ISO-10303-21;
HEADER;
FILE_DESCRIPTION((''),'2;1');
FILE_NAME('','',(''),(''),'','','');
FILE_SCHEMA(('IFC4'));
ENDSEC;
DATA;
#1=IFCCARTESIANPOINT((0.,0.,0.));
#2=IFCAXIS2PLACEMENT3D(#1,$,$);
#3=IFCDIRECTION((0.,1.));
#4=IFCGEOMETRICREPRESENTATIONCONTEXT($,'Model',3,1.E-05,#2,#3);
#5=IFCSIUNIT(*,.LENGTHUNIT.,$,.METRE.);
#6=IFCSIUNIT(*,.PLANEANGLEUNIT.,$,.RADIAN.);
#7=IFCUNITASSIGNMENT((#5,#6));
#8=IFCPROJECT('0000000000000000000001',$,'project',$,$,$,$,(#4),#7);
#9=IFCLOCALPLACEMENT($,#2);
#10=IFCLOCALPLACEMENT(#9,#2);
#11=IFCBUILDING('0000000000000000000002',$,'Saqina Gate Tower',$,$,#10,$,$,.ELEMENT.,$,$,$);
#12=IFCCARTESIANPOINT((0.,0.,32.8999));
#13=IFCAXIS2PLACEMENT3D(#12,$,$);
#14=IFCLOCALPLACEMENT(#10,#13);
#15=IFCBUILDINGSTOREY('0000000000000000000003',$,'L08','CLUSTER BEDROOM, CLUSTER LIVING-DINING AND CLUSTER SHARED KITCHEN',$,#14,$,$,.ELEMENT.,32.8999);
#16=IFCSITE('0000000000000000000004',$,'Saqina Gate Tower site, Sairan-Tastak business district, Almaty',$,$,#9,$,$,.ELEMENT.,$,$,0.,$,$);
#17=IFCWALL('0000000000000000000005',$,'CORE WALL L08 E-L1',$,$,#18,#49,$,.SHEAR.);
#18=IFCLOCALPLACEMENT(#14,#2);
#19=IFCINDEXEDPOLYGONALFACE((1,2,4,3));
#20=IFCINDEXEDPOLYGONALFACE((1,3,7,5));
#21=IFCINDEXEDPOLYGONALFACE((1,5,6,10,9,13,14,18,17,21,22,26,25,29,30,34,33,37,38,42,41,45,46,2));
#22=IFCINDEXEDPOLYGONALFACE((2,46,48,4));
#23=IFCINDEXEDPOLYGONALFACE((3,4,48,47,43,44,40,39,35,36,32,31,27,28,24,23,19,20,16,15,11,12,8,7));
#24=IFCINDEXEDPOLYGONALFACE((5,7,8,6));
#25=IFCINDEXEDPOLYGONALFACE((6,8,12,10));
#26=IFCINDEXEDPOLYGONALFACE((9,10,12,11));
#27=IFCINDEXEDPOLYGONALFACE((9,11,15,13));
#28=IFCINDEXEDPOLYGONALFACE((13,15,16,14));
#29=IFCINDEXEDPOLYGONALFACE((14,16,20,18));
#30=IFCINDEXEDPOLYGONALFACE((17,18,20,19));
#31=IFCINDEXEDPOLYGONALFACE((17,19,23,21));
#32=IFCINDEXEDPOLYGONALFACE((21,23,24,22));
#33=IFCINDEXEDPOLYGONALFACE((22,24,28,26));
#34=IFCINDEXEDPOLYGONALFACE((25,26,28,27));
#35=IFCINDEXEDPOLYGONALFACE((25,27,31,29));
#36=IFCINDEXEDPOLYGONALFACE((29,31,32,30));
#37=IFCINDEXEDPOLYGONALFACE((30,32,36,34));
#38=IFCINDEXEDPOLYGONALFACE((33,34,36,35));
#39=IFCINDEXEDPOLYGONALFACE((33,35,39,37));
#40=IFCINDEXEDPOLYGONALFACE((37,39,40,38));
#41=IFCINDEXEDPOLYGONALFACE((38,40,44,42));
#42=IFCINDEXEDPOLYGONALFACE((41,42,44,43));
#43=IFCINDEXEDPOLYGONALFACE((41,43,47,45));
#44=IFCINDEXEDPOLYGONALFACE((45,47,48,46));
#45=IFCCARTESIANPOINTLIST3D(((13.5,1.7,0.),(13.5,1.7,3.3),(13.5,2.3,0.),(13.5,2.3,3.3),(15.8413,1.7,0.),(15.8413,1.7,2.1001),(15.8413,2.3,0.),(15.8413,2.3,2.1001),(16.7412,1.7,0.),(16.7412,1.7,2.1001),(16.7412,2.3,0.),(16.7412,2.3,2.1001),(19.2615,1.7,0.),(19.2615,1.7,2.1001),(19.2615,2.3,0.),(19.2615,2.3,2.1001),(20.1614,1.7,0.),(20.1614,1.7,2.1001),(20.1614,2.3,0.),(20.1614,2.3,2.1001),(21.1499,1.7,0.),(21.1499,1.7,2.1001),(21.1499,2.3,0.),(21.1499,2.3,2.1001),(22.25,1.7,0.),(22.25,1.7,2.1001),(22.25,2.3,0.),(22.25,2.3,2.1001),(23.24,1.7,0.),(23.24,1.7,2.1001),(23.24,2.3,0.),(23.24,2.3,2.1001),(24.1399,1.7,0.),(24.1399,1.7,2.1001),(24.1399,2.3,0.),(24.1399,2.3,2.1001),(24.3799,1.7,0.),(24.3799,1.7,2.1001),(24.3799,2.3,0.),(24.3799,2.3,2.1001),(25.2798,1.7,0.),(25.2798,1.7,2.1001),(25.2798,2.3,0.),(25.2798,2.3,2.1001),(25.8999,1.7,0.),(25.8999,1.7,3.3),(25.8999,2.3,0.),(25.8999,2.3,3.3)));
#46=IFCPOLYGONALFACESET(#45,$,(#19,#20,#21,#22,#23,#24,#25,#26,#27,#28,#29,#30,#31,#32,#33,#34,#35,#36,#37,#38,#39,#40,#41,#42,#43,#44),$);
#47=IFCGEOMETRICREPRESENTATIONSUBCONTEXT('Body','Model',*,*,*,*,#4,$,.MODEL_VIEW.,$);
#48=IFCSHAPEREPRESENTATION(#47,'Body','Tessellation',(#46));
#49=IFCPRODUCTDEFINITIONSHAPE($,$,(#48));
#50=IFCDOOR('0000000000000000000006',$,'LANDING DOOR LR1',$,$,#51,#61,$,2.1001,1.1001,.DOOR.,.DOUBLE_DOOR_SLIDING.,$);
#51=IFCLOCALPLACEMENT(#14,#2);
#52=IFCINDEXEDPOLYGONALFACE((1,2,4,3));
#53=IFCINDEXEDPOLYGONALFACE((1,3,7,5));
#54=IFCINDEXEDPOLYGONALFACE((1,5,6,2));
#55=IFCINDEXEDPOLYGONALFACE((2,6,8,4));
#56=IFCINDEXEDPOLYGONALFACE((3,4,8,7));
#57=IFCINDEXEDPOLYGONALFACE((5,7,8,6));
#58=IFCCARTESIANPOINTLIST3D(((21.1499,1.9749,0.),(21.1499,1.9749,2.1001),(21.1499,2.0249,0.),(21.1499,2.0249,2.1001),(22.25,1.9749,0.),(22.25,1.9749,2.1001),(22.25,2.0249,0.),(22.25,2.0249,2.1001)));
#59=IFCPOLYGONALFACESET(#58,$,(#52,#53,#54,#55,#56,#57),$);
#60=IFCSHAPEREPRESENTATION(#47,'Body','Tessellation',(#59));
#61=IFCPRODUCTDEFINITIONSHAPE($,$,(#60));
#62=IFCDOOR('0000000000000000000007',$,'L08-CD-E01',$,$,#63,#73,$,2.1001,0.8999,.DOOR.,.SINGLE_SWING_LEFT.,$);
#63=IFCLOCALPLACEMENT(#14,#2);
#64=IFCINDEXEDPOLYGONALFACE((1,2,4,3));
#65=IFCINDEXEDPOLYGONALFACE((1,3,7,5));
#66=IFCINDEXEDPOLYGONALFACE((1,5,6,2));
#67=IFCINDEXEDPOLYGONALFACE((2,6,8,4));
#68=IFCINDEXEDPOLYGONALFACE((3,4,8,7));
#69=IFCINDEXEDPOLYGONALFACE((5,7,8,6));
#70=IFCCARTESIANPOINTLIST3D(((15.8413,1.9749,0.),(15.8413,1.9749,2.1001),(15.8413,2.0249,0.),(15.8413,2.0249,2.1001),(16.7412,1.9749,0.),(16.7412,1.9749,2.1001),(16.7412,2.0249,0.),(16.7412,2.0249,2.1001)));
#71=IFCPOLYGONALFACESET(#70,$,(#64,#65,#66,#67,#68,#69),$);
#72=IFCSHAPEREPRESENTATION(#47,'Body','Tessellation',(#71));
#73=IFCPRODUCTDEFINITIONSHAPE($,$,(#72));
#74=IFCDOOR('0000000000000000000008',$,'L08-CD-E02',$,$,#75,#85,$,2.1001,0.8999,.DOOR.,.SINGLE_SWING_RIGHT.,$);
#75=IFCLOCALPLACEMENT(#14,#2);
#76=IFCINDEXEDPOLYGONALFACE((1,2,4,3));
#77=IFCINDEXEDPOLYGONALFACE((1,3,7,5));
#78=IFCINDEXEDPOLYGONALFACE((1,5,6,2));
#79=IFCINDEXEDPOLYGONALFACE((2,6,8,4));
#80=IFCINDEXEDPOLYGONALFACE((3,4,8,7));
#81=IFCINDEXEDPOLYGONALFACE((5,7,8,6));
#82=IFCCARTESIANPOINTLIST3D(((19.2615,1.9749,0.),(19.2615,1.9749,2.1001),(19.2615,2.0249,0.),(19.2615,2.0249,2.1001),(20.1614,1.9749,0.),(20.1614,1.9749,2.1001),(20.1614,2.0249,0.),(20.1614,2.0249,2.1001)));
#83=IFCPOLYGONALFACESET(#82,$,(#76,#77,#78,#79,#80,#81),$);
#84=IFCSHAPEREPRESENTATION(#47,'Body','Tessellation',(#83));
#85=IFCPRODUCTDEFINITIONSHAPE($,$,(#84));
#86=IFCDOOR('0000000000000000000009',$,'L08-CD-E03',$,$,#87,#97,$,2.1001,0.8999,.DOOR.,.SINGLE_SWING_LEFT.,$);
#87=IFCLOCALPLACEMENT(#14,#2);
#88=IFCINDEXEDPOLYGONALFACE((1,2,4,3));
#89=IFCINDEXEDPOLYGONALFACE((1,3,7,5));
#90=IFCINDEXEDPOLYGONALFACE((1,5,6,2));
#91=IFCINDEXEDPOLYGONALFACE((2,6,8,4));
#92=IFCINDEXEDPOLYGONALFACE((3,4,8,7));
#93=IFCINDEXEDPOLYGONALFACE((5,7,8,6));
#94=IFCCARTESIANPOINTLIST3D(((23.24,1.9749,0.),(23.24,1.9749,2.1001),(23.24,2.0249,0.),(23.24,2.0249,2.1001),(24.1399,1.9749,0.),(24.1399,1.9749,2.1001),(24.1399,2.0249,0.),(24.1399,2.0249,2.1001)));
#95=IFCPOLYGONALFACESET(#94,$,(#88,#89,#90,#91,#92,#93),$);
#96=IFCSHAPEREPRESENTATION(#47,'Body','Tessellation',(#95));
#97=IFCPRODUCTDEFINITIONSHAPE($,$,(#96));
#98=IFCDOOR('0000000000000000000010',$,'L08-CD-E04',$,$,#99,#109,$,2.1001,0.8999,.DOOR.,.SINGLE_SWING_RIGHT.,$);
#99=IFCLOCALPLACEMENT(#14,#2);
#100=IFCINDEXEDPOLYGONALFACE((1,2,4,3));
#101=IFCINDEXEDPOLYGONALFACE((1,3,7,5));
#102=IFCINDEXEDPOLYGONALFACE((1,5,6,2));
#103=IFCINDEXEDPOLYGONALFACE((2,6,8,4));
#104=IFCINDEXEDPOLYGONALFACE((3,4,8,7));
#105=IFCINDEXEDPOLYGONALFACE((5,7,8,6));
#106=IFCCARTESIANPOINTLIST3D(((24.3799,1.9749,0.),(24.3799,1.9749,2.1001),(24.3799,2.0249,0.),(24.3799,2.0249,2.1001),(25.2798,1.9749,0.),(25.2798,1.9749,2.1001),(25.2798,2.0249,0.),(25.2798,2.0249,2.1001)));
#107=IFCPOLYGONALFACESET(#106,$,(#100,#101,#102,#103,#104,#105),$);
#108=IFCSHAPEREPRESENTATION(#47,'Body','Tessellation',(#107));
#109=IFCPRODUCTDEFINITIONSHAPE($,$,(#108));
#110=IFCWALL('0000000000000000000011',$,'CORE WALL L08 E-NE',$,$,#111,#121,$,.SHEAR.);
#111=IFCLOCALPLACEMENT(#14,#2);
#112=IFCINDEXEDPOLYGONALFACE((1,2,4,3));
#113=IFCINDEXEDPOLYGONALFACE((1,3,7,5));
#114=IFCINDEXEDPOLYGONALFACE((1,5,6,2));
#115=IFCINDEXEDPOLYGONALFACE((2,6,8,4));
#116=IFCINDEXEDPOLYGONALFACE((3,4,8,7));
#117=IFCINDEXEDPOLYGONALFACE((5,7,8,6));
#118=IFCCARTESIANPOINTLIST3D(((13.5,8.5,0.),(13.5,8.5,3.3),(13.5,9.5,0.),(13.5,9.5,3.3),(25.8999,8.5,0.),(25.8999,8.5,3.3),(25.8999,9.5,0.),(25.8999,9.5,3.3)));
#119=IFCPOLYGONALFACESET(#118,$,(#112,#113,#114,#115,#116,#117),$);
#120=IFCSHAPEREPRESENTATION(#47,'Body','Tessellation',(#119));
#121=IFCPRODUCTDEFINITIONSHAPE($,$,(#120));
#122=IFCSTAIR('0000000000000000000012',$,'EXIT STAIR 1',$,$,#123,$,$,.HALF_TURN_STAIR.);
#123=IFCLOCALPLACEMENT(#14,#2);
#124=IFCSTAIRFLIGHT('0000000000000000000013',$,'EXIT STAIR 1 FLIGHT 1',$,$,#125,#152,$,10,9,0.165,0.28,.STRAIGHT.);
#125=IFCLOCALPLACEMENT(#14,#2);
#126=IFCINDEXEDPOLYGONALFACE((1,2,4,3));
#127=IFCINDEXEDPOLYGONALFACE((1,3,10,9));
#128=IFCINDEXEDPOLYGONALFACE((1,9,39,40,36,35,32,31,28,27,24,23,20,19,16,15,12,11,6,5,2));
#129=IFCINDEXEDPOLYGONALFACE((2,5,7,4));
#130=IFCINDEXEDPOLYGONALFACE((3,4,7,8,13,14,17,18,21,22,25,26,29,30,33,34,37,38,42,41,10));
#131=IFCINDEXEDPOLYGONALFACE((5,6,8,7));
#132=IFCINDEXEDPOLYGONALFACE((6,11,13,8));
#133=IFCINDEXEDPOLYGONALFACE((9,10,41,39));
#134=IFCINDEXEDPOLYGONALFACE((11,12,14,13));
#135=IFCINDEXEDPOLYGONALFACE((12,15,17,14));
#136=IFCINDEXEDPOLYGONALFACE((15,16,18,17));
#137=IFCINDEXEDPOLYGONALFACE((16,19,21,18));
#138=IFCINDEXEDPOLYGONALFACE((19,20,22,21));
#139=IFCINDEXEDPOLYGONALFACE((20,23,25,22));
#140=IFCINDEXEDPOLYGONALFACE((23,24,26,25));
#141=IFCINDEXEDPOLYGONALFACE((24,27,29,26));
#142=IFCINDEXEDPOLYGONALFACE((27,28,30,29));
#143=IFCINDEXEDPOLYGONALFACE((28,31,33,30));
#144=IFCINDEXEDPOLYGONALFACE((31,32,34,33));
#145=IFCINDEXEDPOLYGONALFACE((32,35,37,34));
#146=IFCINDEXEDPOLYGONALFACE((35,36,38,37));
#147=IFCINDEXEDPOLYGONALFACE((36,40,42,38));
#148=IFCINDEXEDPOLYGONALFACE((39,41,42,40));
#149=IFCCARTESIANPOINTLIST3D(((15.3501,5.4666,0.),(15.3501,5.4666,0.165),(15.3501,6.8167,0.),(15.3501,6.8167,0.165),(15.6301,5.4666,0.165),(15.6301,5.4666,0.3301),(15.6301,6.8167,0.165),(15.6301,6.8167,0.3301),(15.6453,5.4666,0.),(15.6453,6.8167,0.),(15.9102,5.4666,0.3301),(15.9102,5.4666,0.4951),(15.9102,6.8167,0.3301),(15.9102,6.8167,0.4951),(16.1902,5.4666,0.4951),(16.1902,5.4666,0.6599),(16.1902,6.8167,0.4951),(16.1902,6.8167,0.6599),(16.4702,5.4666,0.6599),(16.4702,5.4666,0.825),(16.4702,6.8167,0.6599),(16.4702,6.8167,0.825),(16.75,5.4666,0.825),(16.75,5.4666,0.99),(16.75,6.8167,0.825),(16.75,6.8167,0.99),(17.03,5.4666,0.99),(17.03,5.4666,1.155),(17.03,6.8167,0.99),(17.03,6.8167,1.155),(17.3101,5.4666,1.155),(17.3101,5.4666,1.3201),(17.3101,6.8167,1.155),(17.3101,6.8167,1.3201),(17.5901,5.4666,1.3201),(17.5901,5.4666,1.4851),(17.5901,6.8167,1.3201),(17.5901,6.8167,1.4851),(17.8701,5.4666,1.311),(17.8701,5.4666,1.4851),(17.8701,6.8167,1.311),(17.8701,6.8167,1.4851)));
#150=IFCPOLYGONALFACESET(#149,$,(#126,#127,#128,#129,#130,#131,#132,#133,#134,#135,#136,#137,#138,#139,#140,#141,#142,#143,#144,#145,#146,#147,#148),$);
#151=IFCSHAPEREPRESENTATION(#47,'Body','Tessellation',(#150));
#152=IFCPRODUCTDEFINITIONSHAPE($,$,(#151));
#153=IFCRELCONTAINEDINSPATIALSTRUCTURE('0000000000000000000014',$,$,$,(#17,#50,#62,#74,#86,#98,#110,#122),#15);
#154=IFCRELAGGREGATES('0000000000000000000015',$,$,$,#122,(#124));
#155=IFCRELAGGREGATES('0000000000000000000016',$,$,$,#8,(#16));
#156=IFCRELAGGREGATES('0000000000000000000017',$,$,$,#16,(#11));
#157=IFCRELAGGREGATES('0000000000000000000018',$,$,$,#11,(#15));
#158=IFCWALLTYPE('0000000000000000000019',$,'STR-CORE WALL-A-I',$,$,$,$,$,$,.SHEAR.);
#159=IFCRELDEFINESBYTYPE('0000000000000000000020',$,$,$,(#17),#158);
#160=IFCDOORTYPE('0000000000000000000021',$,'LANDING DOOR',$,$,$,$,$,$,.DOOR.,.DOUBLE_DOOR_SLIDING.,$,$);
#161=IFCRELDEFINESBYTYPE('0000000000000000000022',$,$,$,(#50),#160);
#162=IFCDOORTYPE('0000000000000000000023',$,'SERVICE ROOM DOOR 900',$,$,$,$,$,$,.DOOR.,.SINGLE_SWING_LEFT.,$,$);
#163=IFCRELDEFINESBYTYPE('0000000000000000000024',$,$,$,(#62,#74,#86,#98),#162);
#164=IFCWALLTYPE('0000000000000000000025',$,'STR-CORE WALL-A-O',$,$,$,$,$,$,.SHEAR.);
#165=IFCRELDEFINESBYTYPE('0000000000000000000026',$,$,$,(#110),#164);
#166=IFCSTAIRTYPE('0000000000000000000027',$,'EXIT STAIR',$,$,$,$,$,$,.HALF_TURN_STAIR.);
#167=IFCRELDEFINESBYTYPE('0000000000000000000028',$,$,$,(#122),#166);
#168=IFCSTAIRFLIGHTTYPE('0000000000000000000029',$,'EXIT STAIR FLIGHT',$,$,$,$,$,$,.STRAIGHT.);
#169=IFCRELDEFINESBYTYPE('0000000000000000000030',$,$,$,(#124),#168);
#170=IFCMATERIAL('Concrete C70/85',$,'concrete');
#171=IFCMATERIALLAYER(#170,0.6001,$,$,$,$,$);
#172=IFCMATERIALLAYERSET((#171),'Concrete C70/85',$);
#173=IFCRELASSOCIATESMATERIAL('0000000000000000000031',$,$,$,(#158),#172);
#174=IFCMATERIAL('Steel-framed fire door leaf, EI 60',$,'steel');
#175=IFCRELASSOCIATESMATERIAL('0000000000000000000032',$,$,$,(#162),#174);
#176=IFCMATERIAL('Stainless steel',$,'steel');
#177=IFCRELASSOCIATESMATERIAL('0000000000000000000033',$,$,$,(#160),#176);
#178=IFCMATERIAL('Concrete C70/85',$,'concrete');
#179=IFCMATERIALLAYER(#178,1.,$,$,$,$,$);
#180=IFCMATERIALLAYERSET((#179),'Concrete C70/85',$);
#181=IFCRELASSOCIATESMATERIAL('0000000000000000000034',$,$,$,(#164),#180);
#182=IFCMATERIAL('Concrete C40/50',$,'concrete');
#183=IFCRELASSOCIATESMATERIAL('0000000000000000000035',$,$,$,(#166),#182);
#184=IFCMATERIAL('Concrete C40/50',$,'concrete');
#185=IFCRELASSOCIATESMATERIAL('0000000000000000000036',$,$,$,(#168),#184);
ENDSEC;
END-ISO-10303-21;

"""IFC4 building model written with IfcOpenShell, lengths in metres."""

from ifc_helpers import new_model, si_unit, direction, frame, frame_2d, origin, place, context, subcontext, project, spatial, polyline, rectangle, outline, extrude, material, layer, layer_set, type_object, element, fill, aggregate, save


model = new_model("IFC4")

# Units and contexts
model_context = context("Model", 3, precision=1e-05, world=origin(), true_north=direction((0.0, 1.0)))
body_context = subcontext(model_context, "Body", "Model", "MODEL_VIEW")
ifc_project = project(units=[si_unit("LENGTHUNIT", "METRE"), si_unit("PLANEANGLEUNIT", "RADIAN")], contexts=[model_context])

# Site, building, storey
site_placement = place(None, origin())
site = spatial("IfcSite", under=ifc_project, at=site_placement, Name="Saqina Gate Tower site, Sairan-Tastak business district, Almaty", CompositionType="ELEMENT", RefElevation=0.0)
building_placement = place(site_placement, origin())
building = spatial("IfcBuilding", under=site, at=building_placement, Name="Saqina Gate Tower", CompositionType="ELEMENT")
storey_placement = place(building_placement, frame((0.0, 0.0, 32.8999)))
storey = spatial("IfcBuildingStorey", under=building, at=storey_placement, Name="L08", Description="CLUSTER BEDROOM, CLUSTER LIVING-DINING AND CLUSTER SHARED KITCHEN", CompositionType="ELEMENT", Elevation=32.8999)

# Wall, openings, doors
ifc_material_1 = material(Name="Concrete C70/85", Category="concrete")
ifc_layer_1 = layer(ifc_material_1, 0.6001)
ifc_layer_set_1 = layer_set([ifc_layer_1], Name="Concrete C70/85")
wall_type_1 = type_object("IfcWallType", Name="STR-CORE WALL-A-I", PredefinedType="SHEAR", material=ifc_layer_set_1)
ifc_material_2 = material(Name="Steel-framed fire door leaf, EI 60", Category="steel")
door_type_1 = type_object("IfcDoorType", Name="SERVICE ROOM DOOR 900", OperationType="SINGLE_SWING_LEFT", PredefinedType="DOOR", material=ifc_material_2)
wall_1_placement = place(storey_placement, frame((13.5, 2.0, 0.0), z_axis=(0.0, 0.0, 1.0), x_axis=(1.0, 0.0, 0.0)))
wall_1 = element("IfcWall", 1, at=wall_1_placement, inside=storey, type_object=wall_type_1, Name="CORE WALL L08 E-L1", PredefinedType="SHEAR", context=body_context, shape_type="SweptSolid", body=[
    extrude(rectangle(XDim=12.3999, YDim=0.6001, at=frame_2d((6.2, 0.0))), origin(), (0.0, 0.0, 1.0), 3.3),
])
opening_1_placement = place(wall_1_placement, frame((7.6499, 0.0, 0.0)))
opening_1 = element("IfcOpeningElement", 2, at=opening_1_placement, cuts=wall_1, PredefinedType="OPENING", context=body_context, shape_type="SweptSolid", body=[
    extrude(rectangle(XDim=1.1001, YDim=2.1001, at=frame_2d((0.55, 1.05))), frame((0.0, 0.312, 0.0), z_axis=(0.0, -1.0, 0.0), x_axis=(1.0, 0.0, 0.0)), (0.0, 0.0, 1.0), 0.624),
])
opening_2_placement = place(wall_1_placement, frame((2.3413, 0.0, 0.0)))
opening_2 = element("IfcOpeningElement", 3, at=opening_2_placement, cuts=wall_1, PredefinedType="OPENING", context=body_context, shape_type="SweptSolid", body=[
    extrude(rectangle(XDim=0.8999, YDim=2.1001, at=frame_2d((0.45, 1.05))), frame((0.0, 0.312, 0.0), z_axis=(0.0, -1.0, 0.0), x_axis=(1.0, 0.0, 0.0)), (0.0, 0.0, 1.0), 0.624),
])
opening_3_placement = place(wall_1_placement, frame((5.7615, 0.0, 0.0)))
opening_3 = element("IfcOpeningElement", 4, at=opening_3_placement, cuts=wall_1, PredefinedType="OPENING", context=body_context, shape_type="SweptSolid", body=[
    extrude(rectangle(XDim=0.8999, YDim=2.1001, at=frame_2d((0.45, 1.05))), frame((0.0, 0.312, 0.0), z_axis=(0.0, -1.0, 0.0), x_axis=(1.0, 0.0, 0.0)), (0.0, 0.0, 1.0), 0.624),
])
opening_4_placement = place(wall_1_placement, frame((9.74, 0.0, 0.0)))
opening_4 = element("IfcOpeningElement", 5, at=opening_4_placement, cuts=wall_1, PredefinedType="OPENING", context=body_context, shape_type="SweptSolid", body=[
    extrude(rectangle(XDim=0.8999, YDim=2.1001, at=frame_2d((0.45, 1.05))), frame((0.0, 0.312, 0.0), z_axis=(0.0, -1.0, 0.0), x_axis=(1.0, 0.0, 0.0)), (0.0, 0.0, 1.0), 0.624),
])
opening_5_placement = place(wall_1_placement, frame((10.8799, 0.0, 0.0)))
opening_5 = element("IfcOpeningElement", 6, at=opening_5_placement, cuts=wall_1, PredefinedType="OPENING", context=body_context, shape_type="SweptSolid", body=[
    extrude(rectangle(XDim=0.8999, YDim=2.1001, at=frame_2d((0.45, 1.05))), frame((0.0, 0.312, 0.0), z_axis=(0.0, -1.0, 0.0), x_axis=(1.0, 0.0, 0.0)), (0.0, 0.0, 1.0), 0.624),
])
ifc_material_3 = material(Name="Stainless steel", Category="steel")
door_type_2 = type_object("IfcDoorType", Name="LANDING DOOR", OperationType="DOUBLE_DOOR_SLIDING", PredefinedType="DOOR", material=ifc_material_3)
door_1_placement = place(opening_1_placement, origin())
door_1 = element("IfcDoor", 7, at=door_1_placement, inside=storey, type_object=door_type_2, Name="LANDING DOOR LR1", OperationType="DOUBLE_DOOR_SLIDING", OverallHeight=2.1001, OverallWidth=1.1001, PredefinedType="DOOR", context=body_context, shape_type="SweptSolid", body=[
    extrude(rectangle(XDim=1.1001, YDim=2.1001, at=frame_2d((0.55, 1.05))), frame((0.0, 0.0249, 0.0), z_axis=(0.0, -1.0, 0.0), x_axis=(1.0, 0.0, 0.0)), (0.0, 0.0, 1.0), 0.05),
])
fill(opening_1, door_1)
door_2_placement = place(opening_2_placement, origin())
door_2 = element("IfcDoor", 8, at=door_2_placement, inside=storey, type_object=door_type_1, Name="L08-CD-E01", OperationType="SINGLE_SWING_LEFT", OverallHeight=2.1001, OverallWidth=0.8999, PredefinedType="DOOR", context=body_context, shape_type="SweptSolid", body=[
    extrude(rectangle(XDim=0.8999, YDim=2.1001, at=frame_2d((0.45, 1.05))), frame((0.0, 0.0249, 0.0), z_axis=(0.0, -1.0, 0.0), x_axis=(1.0, 0.0, 0.0)), (0.0, 0.0, 1.0), 0.05),
])
fill(opening_2, door_2)
door_3_placement = place(opening_3_placement, origin())
door_3 = element("IfcDoor", 9, at=door_3_placement, inside=storey, type_object=door_type_1, Name="L08-CD-E02", OperationType="SINGLE_SWING_RIGHT", OverallHeight=2.1001, OverallWidth=0.8999, PredefinedType="DOOR", context=body_context, shape_type="SweptSolid", body=[
    extrude(rectangle(XDim=0.8999, YDim=2.1001, at=frame_2d((0.45, 1.05))), frame((0.0, 0.0249, 0.0), z_axis=(0.0, -1.0, 0.0), x_axis=(1.0, 0.0, 0.0)), (0.0, 0.0, 1.0), 0.05),
])
fill(opening_3, door_3)
door_4_placement = place(opening_4_placement, origin())
door_4 = element("IfcDoor", 10, at=door_4_placement, inside=storey, type_object=door_type_1, Name="L08-CD-E03", OperationType="SINGLE_SWING_LEFT", OverallHeight=2.1001, OverallWidth=0.8999, PredefinedType="DOOR", context=body_context, shape_type="SweptSolid", body=[
    extrude(rectangle(XDim=0.8999, YDim=2.1001, at=frame_2d((0.45, 1.05))), frame((0.0, 0.0249, 0.0), z_axis=(0.0, -1.0, 0.0), x_axis=(1.0, 0.0, 0.0)), (0.0, 0.0, 1.0), 0.05),
])
fill(opening_4, door_4)
door_5_placement = place(opening_5_placement, origin())
door_5 = element("IfcDoor", 11, at=door_5_placement, inside=storey, type_object=door_type_1, Name="L08-CD-E04", OperationType="SINGLE_SWING_RIGHT", OverallHeight=2.1001, OverallWidth=0.8999, PredefinedType="DOOR", context=body_context, shape_type="SweptSolid", body=[
    extrude(rectangle(XDim=0.8999, YDim=2.1001, at=frame_2d((0.45, 1.05))), frame((0.0, 0.0249, 0.0), z_axis=(0.0, -1.0, 0.0), x_axis=(1.0, 0.0, 0.0)), (0.0, 0.0, 1.0), 0.05),
])
fill(opening_5, door_5)

# Wall
ifc_material_4 = material(Name="Concrete C70/85", Category="concrete")
ifc_layer_2 = layer(ifc_material_4, 1.0)
ifc_layer_set_2 = layer_set([ifc_layer_2], Name="Concrete C70/85")
wall_type_2 = type_object("IfcWallType", Name="STR-CORE WALL-A-O", PredefinedType="SHEAR", material=ifc_layer_set_2)
wall_2_placement = place(storey_placement, frame((13.5, 9.0, 0.0), z_axis=(0.0, 0.0, 1.0), x_axis=(1.0, 0.0, 0.0)))
element("IfcWall", 12, at=wall_2_placement, inside=storey, type_object=wall_type_2, Name="CORE WALL L08 E-NE", PredefinedType="SHEAR", context=body_context, shape_type="SweptSolid", body=[
    extrude(rectangle(XDim=12.3999, YDim=1.0, at=frame_2d((6.2, 0.0))), origin(), (0.0, 0.0, 1.0), 3.3),
])

# Stair, stair flight
ifc_material_5 = material(Name="Concrete C40/50", Category="concrete")
stair_type = type_object("IfcStairType", Name="EXIT STAIR", PredefinedType="HALF_TURN_STAIR", material=ifc_material_5)
stair_placement = place(storey_placement, origin())
stair = element("IfcStair", 13, at=stair_placement, inside=storey, type_object=stair_type, Name="EXIT STAIR 1", PredefinedType="HALF_TURN_STAIR")
ifc_material_6 = material(Name="Concrete C40/50", Category="concrete")
stair_flight_type = type_object("IfcStairFlightType", Name="EXIT STAIR FLIGHT", PredefinedType="STRAIGHT", material=ifc_material_6)
stair_flight_1_placement = place(storey_placement, frame((15.3501, 6.1416, 0.0), z_axis=(0.0, 0.0, 1.0), x_axis=(1.0, 0.0, 0.0)))
stair_flight_1 = element("IfcStairFlight", 14, at=stair_flight_1_placement, type_object=stair_flight_type, Name="EXIT STAIR 1 FLIGHT 1", NumberOfRisers=10, NumberOfTreads=9, PredefinedType="STRAIGHT", RiserHeight=0.165, TreadLength=0.28, context=body_context, shape_type="SweptSolid", body=[
    extrude(outline(polyline([(0.0, 0.0), (0.0, 0.165), (0.28, 0.165), (0.28, 0.3301), (0.5601, 0.3301), (0.5601, 0.4951), (0.8401, 0.4951), (0.8401, 0.6599), (1.1201, 0.6599), (1.1201, 0.825), (1.3999, 0.825), (1.3999, 0.99), (1.6799, 0.99), (1.6799, 1.155), (1.96, 1.155), (1.96, 1.3201), (2.24, 1.3201), (2.24, 1.4851), (2.52, 1.4851), (2.52, 1.6499), (2.52, 1.311), (0.2952, 0.0), (0.0, 0.0)])), frame((0.0, 0.675, 0.0), z_axis=(0.0, -1.0, 0.0), x_axis=(1.0, 0.0, 0.0)), (0.0, 0.0, 1.0), 1.3501),
])
aggregate(stair, [stair_flight_1])

save(model, "model.ifc")
